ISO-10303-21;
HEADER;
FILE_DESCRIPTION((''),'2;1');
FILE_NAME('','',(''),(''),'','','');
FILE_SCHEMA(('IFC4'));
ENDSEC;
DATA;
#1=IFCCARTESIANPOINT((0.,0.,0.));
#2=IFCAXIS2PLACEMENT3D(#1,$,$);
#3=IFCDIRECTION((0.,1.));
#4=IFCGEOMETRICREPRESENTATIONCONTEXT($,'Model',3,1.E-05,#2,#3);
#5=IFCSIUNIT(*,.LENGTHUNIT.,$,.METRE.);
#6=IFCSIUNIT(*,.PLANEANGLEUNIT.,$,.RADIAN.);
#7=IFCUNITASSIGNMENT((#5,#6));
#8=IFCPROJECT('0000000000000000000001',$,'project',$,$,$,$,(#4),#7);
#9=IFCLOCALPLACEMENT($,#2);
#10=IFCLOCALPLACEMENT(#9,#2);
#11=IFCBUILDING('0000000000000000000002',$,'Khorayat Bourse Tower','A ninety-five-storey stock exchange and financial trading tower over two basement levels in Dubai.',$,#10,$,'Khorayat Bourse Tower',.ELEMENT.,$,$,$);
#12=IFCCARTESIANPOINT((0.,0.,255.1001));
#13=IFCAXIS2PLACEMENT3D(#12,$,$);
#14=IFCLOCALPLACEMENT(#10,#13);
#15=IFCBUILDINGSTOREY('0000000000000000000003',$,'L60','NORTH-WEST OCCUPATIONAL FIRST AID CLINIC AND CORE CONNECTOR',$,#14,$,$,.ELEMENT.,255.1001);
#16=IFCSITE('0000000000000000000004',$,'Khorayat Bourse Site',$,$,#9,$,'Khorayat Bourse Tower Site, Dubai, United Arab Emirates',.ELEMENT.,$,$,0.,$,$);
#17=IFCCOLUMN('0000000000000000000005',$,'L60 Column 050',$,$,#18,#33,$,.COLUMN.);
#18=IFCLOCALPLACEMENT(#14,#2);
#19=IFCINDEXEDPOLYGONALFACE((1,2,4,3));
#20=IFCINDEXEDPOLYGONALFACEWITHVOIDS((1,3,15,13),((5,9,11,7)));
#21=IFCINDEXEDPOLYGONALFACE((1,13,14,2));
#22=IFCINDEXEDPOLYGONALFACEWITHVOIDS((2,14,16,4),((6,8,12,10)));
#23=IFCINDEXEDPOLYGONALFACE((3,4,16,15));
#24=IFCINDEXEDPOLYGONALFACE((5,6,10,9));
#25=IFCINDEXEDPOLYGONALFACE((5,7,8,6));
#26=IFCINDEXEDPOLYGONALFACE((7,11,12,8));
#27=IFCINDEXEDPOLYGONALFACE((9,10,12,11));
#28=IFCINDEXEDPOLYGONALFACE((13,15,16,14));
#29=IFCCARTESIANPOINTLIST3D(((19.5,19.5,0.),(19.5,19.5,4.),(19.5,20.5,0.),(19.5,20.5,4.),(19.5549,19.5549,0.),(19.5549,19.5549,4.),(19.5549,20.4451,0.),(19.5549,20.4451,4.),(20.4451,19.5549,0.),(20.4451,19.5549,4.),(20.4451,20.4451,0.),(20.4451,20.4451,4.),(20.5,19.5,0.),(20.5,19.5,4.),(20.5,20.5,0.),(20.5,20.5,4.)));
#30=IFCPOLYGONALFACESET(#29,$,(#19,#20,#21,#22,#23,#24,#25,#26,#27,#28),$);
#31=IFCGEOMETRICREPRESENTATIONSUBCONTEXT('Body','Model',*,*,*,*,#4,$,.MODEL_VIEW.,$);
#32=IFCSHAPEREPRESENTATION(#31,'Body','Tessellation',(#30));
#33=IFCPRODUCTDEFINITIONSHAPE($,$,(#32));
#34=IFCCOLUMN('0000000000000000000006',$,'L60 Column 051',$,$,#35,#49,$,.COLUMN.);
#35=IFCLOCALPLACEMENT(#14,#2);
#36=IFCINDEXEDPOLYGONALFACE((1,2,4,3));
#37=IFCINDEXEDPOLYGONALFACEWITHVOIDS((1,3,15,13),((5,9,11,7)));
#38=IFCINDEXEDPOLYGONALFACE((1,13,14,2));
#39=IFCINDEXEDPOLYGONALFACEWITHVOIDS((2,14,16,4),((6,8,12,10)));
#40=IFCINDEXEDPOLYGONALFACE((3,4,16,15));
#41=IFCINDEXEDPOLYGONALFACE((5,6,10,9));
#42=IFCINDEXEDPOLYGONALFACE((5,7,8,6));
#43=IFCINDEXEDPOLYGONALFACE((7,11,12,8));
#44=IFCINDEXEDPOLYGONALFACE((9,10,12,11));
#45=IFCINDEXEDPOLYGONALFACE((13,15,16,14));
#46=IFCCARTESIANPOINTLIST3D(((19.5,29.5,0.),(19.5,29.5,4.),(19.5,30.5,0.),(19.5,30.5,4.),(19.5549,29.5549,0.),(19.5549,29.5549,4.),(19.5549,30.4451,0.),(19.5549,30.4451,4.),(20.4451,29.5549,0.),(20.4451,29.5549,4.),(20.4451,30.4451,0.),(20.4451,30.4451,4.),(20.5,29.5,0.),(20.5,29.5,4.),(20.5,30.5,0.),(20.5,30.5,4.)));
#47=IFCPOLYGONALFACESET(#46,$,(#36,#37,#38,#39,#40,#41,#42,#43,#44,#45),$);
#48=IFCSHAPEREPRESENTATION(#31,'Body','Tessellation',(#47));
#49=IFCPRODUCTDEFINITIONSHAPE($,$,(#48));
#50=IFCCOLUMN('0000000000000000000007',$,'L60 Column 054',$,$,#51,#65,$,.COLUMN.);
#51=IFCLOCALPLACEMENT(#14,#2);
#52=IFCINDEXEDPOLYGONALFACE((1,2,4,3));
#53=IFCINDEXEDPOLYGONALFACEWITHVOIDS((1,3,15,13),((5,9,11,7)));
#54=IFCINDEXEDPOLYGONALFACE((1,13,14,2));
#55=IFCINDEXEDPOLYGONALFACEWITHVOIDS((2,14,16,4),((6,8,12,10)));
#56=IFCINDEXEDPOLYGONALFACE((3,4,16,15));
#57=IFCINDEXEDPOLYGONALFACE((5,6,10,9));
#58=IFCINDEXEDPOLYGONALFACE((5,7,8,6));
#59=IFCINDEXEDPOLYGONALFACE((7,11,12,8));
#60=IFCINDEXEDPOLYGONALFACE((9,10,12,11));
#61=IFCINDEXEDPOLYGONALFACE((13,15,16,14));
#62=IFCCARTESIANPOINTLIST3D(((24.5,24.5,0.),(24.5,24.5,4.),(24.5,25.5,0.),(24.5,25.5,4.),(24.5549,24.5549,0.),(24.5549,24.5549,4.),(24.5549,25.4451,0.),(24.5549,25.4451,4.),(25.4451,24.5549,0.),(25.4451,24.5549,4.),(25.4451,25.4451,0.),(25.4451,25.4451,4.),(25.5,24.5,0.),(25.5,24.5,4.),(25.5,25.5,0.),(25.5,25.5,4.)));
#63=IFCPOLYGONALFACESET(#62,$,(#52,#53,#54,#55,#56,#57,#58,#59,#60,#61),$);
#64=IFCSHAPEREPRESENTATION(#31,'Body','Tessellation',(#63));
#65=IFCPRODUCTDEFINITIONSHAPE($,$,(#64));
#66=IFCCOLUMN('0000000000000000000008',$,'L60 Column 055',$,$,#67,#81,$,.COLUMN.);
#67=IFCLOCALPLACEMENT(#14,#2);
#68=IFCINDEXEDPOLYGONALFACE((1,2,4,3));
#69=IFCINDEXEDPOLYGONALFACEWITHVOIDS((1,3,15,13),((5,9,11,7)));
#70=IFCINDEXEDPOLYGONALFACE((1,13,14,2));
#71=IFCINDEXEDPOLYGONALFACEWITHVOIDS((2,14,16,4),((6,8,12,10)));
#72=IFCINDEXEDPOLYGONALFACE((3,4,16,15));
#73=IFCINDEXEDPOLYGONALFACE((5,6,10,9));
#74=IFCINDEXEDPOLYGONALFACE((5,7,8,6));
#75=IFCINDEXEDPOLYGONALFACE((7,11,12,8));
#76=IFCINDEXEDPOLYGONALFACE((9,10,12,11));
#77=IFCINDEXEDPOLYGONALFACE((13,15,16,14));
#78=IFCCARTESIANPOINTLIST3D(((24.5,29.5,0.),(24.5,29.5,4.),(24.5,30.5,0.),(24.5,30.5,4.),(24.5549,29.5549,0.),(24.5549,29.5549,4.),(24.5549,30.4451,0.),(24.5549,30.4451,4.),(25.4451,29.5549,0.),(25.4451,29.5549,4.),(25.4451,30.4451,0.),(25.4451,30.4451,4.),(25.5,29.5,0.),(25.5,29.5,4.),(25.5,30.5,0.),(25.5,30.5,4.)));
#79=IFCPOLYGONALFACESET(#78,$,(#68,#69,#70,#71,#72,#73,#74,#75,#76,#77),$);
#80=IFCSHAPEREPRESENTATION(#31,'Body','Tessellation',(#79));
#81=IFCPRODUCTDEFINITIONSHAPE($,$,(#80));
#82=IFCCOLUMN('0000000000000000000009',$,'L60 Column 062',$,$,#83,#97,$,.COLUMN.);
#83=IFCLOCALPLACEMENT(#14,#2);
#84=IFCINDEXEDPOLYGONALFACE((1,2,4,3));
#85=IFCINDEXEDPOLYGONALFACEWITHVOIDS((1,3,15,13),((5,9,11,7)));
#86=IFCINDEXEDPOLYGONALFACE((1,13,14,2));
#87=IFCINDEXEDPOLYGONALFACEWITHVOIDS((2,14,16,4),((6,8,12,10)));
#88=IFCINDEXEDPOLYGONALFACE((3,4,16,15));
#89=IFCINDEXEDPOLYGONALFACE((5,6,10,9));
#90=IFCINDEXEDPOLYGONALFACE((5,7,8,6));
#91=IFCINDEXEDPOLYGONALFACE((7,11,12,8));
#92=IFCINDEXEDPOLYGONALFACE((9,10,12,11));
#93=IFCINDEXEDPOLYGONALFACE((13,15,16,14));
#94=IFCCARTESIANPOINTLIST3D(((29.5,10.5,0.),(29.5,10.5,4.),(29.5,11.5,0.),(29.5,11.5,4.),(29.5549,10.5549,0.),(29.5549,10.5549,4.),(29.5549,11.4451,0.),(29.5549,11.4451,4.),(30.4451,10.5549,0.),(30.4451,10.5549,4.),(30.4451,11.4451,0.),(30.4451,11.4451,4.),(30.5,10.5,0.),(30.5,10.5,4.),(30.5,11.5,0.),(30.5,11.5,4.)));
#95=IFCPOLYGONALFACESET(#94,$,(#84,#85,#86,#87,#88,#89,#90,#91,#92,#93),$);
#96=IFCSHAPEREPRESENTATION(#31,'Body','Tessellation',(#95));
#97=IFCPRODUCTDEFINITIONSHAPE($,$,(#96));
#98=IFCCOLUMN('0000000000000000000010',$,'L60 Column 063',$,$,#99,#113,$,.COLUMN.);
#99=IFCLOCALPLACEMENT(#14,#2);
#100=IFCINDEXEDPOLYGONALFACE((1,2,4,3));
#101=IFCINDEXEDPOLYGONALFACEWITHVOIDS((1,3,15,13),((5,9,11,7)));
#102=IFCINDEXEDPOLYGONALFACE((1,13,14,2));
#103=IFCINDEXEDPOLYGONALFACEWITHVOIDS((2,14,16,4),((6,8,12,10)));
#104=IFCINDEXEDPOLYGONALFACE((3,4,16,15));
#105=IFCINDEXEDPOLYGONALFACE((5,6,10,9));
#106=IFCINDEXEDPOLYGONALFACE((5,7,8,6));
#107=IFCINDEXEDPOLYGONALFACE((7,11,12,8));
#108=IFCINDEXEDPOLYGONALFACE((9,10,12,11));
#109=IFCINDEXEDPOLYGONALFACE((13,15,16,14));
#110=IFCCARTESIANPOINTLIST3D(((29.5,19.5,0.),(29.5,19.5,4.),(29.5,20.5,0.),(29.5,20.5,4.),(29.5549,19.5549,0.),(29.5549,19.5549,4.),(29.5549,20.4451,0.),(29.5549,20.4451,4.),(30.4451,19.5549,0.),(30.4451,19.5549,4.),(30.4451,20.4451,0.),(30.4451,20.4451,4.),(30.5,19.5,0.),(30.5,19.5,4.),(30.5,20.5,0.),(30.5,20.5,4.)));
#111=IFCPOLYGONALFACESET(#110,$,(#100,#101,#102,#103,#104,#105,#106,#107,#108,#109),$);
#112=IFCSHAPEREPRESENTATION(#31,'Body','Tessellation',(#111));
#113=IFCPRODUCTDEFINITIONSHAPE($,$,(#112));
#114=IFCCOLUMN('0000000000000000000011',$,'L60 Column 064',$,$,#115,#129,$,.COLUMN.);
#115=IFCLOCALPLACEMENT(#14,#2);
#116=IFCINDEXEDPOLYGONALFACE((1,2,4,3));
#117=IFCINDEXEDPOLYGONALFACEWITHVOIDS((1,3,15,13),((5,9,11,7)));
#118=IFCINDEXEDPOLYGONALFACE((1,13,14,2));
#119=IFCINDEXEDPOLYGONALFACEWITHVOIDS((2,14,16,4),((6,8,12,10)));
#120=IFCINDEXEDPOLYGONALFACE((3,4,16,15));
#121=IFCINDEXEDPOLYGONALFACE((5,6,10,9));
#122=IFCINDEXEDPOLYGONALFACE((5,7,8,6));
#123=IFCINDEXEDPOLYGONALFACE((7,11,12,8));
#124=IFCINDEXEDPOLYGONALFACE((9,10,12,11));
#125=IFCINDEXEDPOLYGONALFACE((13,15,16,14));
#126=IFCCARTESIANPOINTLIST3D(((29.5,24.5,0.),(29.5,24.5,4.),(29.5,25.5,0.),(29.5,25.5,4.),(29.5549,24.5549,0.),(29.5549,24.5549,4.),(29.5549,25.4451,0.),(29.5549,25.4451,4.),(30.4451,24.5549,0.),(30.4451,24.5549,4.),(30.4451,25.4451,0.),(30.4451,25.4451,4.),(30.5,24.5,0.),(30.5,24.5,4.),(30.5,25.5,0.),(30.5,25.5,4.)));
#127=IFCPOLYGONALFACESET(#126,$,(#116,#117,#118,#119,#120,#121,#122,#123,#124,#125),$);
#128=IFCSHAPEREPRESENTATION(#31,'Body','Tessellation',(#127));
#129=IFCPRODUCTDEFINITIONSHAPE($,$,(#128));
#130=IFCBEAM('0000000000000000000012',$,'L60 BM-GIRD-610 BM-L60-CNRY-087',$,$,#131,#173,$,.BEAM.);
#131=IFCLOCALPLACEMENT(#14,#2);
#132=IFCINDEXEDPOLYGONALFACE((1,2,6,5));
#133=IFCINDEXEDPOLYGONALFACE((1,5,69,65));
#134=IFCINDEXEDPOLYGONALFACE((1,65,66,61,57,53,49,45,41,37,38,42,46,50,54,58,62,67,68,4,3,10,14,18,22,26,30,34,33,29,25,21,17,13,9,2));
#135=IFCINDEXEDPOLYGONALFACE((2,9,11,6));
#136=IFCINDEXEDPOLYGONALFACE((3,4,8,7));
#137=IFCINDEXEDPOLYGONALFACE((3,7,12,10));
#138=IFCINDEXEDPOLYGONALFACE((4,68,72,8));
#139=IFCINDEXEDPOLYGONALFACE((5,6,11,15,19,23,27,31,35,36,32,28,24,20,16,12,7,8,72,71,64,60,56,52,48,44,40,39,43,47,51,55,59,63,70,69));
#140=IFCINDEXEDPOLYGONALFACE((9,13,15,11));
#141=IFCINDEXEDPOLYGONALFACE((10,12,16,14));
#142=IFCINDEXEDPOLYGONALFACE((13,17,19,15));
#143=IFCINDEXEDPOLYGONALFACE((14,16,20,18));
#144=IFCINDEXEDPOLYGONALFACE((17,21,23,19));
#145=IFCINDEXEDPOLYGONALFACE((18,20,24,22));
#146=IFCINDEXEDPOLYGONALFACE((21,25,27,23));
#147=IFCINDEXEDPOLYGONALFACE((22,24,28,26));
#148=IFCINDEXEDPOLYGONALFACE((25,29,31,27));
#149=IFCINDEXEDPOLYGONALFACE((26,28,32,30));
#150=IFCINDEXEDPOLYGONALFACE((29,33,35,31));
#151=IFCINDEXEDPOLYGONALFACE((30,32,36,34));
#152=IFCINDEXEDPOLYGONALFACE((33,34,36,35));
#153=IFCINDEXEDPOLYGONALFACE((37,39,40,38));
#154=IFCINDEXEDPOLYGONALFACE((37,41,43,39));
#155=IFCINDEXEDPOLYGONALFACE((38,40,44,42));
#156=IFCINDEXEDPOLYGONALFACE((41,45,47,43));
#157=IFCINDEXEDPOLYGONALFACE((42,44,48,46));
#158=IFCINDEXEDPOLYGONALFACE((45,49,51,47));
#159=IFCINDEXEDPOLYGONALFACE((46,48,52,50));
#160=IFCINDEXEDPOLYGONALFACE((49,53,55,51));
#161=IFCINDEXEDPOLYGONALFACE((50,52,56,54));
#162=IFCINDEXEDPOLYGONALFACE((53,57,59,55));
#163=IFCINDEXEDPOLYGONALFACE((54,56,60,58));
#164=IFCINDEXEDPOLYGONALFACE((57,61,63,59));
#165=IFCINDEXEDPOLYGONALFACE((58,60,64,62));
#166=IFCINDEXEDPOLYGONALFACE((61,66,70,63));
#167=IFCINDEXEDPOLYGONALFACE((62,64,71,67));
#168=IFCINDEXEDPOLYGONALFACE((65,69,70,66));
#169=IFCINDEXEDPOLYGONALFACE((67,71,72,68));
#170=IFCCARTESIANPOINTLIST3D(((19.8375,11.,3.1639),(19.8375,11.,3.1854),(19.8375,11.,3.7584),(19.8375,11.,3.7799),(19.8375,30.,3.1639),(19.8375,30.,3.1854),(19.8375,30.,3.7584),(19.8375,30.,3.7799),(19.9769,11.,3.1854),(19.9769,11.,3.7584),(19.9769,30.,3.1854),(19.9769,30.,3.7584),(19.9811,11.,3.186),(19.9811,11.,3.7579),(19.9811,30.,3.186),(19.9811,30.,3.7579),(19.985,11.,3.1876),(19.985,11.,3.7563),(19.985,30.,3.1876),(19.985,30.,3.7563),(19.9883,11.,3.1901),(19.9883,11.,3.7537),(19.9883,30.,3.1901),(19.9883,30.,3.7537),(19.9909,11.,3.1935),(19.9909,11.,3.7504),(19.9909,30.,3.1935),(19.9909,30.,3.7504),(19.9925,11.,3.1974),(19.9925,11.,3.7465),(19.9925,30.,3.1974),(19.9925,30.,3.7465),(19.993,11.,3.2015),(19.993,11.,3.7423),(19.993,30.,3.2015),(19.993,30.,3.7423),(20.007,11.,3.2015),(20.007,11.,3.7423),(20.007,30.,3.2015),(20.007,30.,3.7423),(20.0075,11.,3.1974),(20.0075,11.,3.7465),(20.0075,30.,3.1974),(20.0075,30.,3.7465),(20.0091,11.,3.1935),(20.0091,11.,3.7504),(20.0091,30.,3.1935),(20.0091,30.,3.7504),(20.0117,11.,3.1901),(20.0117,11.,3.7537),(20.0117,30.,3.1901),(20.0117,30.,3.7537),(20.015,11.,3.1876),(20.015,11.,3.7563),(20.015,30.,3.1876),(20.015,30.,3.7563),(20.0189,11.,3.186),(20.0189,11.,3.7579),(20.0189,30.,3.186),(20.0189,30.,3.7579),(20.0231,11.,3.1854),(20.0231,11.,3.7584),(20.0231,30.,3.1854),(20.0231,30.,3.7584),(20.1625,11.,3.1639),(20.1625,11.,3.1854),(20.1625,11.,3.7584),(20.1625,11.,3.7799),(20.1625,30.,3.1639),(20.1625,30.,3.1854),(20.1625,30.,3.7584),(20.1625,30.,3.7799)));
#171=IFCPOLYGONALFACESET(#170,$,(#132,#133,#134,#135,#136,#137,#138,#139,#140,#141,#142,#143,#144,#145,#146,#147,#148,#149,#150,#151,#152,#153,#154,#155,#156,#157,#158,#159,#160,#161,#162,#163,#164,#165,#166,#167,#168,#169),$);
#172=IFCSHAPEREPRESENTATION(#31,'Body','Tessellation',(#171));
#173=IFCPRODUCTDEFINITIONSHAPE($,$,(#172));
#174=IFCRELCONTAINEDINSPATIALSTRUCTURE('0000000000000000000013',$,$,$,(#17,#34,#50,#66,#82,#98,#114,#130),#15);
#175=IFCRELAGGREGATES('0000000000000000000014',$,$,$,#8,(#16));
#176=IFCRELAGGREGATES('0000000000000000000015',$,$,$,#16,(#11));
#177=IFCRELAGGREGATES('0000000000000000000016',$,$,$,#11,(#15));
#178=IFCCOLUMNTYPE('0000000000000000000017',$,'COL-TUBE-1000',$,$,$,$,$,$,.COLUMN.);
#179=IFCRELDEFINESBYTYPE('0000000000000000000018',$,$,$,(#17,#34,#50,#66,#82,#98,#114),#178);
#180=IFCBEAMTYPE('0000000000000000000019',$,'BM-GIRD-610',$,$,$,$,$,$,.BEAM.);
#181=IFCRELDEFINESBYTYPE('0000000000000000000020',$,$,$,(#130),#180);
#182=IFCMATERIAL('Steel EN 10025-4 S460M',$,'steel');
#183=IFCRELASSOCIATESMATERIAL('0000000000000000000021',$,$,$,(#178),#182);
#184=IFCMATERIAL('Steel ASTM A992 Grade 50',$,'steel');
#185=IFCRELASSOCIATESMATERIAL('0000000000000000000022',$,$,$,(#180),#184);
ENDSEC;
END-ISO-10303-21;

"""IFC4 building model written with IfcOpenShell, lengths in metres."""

from ifc_helpers import new_model, si_unit, direction, frame, origin, origin_2d, place, context, subcontext, project, spatial, hollow_rectangle, i_section, extrude, source, transform, mapped, material, material_profile, profile_set, type_object, element, save


model = new_model("IFC4")

# Units and contexts
model_context = context("Model", 3, precision=1e-05, world=origin(), true_north=direction((0.0, 1.0)))
body_context = subcontext(model_context, "Body", "Model", "MODEL_VIEW")
ifc_project = project(units=[si_unit("LENGTHUNIT", "METRE"), si_unit("PLANEANGLEUNIT", "RADIAN")], contexts=[model_context])

# Site, building, storey
site_placement = place(None, origin())
site = spatial("IfcSite", under=ifc_project, at=site_placement, Name="Khorayat Bourse Site", LongName="Khorayat Bourse Tower Site, Dubai, United Arab Emirates", CompositionType="ELEMENT", RefElevation=0.0)
building_placement = place(site_placement, origin())
building = spatial("IfcBuilding", under=site, at=building_placement, Name="Khorayat Bourse Tower", Description="A ninety-five-storey stock exchange and financial trading tower over two basement levels in Dubai.", LongName="Khorayat Bourse Tower", CompositionType="ELEMENT")
storey_placement = place(building_placement, frame((0.0, 0.0, 255.1001)))
storey = spatial("IfcBuildingStorey", under=building, at=storey_placement, Name="L60", Description="NORTH-WEST OCCUPATIONAL FIRST AID CLINIC AND CORE CONNECTOR", CompositionType="ELEMENT", Elevation=255.1001)

# Columns
ifc_material_1 = material(Name="Steel EN 10025-4 S460M", Category="steel")
ifc_material_profile_1 = material_profile(ifc_material_1, hollow_rectangle(XDim=1.0, YDim=1.0, WallThickness=0.0549, at=origin_2d()), Name="BOX 1000x1000x55")
ifc_profile_set_1 = profile_set([ifc_material_profile_1], Name="Steel EN 10025-4 S460M")
column_type = type_object("IfcColumnType", Name="COL-TUBE-1000", PredefinedType="COLUMN", material=ifc_profile_set_1)
shared_shape_1 = source(origin(), body_context, "Body", "SweptSolid", [
    extrude(hollow_rectangle(XDim=1.0, YDim=1.0, WallThickness=0.0549, at=origin_2d()), origin(), (0.0, 0.0, 1.0), 4.0),
])
for number, where, z_axis, x_axis, name in (
    (1, (20.0, 20.0, 0.0), (0.0, 0.0, 1.0), (1.0, 0.0, 0.0), "L60 Column 050"),
    (2, (20.0, 30.0, 0.0), (0.0, 0.0, 1.0), (1.0, 0.0, 0.0), "L60 Column 051"),
    (3, (25.0, 25.0, 0.0), (0.0, 0.0, 1.0), (1.0, 0.0, 0.0), "L60 Column 054"),
    (4, (25.0, 30.0, 0.0), (0.0, 0.0, 1.0), (1.0, 0.0, 0.0), "L60 Column 055"),
    (5, (30.0, 11.0, 0.0), (0.0, 0.0, 1.0), (1.0, 0.0, 0.0), "L60 Column 062"),
    (6, (30.0, 20.0, 0.0), (0.0, 0.0, 1.0), (1.0, 0.0, 0.0), "L60 Column 063"),
    (7, (30.0, 25.0, 0.0), (0.0, 0.0, 1.0), (1.0, 0.0, 0.0), "L60 Column 064"),
):
    element("IfcColumn", number, at=place(storey_placement, frame(where, z_axis=z_axis, x_axis=x_axis)), inside=storey, type_object=column_type, Name=name, PredefinedType="COLUMN", context=body_context, shape_type="MappedRepresentation", body=[
        mapped(shared_shape_1, transform((0.0, 0.0, 0.0), scale=1.0)),
    ])

# Beam
ifc_material_2 = material(Name="Steel ASTM A992 Grade 50", Category="steel")
ifc_material_profile_2 = material_profile(ifc_material_2, i_section(OverallWidth=0.325, OverallDepth=0.616, WebThickness=0.0139, FlangeThickness=0.0215, FilletRadius=0.0161, at=origin_2d()), Name="W610X174")
ifc_profile_set_2 = profile_set([ifc_material_profile_2], Name="Steel ASTM A992 Grade 50")
beam_type_1 = type_object("IfcBeamType", Name="BM-GIRD-610", PredefinedType="BEAM", material=ifc_profile_set_2)
shared_shape_2 = source(origin(), body_context, "Body", "SweptSolid", [
    extrude(i_section(OverallWidth=0.325, OverallDepth=0.616, WebThickness=0.0139, FlangeThickness=0.0215, FilletRadius=0.0161, at=origin_2d()), origin(), (0.0, 0.0, 1.0), 19.0),
])
beam_1_placement = place(storey_placement, frame((20.0, 11.0, 3.4719), z_axis=(0.0, 1.0, 0.0), x_axis=(-1.0, 0.0, 0.0)))
element("IfcBeam", 8, at=beam_1_placement, inside=storey, type_object=beam_type_1, Name="L60 BM-GIRD-610 BM-L60-CNRY-087", PredefinedType="BEAM", context=body_context, shape_type="MappedRepresentation", body=[
    mapped(shared_shape_2, transform((0.0, 0.0, 0.0), scale=1.0)),
])

save(model, "model.ifc")
